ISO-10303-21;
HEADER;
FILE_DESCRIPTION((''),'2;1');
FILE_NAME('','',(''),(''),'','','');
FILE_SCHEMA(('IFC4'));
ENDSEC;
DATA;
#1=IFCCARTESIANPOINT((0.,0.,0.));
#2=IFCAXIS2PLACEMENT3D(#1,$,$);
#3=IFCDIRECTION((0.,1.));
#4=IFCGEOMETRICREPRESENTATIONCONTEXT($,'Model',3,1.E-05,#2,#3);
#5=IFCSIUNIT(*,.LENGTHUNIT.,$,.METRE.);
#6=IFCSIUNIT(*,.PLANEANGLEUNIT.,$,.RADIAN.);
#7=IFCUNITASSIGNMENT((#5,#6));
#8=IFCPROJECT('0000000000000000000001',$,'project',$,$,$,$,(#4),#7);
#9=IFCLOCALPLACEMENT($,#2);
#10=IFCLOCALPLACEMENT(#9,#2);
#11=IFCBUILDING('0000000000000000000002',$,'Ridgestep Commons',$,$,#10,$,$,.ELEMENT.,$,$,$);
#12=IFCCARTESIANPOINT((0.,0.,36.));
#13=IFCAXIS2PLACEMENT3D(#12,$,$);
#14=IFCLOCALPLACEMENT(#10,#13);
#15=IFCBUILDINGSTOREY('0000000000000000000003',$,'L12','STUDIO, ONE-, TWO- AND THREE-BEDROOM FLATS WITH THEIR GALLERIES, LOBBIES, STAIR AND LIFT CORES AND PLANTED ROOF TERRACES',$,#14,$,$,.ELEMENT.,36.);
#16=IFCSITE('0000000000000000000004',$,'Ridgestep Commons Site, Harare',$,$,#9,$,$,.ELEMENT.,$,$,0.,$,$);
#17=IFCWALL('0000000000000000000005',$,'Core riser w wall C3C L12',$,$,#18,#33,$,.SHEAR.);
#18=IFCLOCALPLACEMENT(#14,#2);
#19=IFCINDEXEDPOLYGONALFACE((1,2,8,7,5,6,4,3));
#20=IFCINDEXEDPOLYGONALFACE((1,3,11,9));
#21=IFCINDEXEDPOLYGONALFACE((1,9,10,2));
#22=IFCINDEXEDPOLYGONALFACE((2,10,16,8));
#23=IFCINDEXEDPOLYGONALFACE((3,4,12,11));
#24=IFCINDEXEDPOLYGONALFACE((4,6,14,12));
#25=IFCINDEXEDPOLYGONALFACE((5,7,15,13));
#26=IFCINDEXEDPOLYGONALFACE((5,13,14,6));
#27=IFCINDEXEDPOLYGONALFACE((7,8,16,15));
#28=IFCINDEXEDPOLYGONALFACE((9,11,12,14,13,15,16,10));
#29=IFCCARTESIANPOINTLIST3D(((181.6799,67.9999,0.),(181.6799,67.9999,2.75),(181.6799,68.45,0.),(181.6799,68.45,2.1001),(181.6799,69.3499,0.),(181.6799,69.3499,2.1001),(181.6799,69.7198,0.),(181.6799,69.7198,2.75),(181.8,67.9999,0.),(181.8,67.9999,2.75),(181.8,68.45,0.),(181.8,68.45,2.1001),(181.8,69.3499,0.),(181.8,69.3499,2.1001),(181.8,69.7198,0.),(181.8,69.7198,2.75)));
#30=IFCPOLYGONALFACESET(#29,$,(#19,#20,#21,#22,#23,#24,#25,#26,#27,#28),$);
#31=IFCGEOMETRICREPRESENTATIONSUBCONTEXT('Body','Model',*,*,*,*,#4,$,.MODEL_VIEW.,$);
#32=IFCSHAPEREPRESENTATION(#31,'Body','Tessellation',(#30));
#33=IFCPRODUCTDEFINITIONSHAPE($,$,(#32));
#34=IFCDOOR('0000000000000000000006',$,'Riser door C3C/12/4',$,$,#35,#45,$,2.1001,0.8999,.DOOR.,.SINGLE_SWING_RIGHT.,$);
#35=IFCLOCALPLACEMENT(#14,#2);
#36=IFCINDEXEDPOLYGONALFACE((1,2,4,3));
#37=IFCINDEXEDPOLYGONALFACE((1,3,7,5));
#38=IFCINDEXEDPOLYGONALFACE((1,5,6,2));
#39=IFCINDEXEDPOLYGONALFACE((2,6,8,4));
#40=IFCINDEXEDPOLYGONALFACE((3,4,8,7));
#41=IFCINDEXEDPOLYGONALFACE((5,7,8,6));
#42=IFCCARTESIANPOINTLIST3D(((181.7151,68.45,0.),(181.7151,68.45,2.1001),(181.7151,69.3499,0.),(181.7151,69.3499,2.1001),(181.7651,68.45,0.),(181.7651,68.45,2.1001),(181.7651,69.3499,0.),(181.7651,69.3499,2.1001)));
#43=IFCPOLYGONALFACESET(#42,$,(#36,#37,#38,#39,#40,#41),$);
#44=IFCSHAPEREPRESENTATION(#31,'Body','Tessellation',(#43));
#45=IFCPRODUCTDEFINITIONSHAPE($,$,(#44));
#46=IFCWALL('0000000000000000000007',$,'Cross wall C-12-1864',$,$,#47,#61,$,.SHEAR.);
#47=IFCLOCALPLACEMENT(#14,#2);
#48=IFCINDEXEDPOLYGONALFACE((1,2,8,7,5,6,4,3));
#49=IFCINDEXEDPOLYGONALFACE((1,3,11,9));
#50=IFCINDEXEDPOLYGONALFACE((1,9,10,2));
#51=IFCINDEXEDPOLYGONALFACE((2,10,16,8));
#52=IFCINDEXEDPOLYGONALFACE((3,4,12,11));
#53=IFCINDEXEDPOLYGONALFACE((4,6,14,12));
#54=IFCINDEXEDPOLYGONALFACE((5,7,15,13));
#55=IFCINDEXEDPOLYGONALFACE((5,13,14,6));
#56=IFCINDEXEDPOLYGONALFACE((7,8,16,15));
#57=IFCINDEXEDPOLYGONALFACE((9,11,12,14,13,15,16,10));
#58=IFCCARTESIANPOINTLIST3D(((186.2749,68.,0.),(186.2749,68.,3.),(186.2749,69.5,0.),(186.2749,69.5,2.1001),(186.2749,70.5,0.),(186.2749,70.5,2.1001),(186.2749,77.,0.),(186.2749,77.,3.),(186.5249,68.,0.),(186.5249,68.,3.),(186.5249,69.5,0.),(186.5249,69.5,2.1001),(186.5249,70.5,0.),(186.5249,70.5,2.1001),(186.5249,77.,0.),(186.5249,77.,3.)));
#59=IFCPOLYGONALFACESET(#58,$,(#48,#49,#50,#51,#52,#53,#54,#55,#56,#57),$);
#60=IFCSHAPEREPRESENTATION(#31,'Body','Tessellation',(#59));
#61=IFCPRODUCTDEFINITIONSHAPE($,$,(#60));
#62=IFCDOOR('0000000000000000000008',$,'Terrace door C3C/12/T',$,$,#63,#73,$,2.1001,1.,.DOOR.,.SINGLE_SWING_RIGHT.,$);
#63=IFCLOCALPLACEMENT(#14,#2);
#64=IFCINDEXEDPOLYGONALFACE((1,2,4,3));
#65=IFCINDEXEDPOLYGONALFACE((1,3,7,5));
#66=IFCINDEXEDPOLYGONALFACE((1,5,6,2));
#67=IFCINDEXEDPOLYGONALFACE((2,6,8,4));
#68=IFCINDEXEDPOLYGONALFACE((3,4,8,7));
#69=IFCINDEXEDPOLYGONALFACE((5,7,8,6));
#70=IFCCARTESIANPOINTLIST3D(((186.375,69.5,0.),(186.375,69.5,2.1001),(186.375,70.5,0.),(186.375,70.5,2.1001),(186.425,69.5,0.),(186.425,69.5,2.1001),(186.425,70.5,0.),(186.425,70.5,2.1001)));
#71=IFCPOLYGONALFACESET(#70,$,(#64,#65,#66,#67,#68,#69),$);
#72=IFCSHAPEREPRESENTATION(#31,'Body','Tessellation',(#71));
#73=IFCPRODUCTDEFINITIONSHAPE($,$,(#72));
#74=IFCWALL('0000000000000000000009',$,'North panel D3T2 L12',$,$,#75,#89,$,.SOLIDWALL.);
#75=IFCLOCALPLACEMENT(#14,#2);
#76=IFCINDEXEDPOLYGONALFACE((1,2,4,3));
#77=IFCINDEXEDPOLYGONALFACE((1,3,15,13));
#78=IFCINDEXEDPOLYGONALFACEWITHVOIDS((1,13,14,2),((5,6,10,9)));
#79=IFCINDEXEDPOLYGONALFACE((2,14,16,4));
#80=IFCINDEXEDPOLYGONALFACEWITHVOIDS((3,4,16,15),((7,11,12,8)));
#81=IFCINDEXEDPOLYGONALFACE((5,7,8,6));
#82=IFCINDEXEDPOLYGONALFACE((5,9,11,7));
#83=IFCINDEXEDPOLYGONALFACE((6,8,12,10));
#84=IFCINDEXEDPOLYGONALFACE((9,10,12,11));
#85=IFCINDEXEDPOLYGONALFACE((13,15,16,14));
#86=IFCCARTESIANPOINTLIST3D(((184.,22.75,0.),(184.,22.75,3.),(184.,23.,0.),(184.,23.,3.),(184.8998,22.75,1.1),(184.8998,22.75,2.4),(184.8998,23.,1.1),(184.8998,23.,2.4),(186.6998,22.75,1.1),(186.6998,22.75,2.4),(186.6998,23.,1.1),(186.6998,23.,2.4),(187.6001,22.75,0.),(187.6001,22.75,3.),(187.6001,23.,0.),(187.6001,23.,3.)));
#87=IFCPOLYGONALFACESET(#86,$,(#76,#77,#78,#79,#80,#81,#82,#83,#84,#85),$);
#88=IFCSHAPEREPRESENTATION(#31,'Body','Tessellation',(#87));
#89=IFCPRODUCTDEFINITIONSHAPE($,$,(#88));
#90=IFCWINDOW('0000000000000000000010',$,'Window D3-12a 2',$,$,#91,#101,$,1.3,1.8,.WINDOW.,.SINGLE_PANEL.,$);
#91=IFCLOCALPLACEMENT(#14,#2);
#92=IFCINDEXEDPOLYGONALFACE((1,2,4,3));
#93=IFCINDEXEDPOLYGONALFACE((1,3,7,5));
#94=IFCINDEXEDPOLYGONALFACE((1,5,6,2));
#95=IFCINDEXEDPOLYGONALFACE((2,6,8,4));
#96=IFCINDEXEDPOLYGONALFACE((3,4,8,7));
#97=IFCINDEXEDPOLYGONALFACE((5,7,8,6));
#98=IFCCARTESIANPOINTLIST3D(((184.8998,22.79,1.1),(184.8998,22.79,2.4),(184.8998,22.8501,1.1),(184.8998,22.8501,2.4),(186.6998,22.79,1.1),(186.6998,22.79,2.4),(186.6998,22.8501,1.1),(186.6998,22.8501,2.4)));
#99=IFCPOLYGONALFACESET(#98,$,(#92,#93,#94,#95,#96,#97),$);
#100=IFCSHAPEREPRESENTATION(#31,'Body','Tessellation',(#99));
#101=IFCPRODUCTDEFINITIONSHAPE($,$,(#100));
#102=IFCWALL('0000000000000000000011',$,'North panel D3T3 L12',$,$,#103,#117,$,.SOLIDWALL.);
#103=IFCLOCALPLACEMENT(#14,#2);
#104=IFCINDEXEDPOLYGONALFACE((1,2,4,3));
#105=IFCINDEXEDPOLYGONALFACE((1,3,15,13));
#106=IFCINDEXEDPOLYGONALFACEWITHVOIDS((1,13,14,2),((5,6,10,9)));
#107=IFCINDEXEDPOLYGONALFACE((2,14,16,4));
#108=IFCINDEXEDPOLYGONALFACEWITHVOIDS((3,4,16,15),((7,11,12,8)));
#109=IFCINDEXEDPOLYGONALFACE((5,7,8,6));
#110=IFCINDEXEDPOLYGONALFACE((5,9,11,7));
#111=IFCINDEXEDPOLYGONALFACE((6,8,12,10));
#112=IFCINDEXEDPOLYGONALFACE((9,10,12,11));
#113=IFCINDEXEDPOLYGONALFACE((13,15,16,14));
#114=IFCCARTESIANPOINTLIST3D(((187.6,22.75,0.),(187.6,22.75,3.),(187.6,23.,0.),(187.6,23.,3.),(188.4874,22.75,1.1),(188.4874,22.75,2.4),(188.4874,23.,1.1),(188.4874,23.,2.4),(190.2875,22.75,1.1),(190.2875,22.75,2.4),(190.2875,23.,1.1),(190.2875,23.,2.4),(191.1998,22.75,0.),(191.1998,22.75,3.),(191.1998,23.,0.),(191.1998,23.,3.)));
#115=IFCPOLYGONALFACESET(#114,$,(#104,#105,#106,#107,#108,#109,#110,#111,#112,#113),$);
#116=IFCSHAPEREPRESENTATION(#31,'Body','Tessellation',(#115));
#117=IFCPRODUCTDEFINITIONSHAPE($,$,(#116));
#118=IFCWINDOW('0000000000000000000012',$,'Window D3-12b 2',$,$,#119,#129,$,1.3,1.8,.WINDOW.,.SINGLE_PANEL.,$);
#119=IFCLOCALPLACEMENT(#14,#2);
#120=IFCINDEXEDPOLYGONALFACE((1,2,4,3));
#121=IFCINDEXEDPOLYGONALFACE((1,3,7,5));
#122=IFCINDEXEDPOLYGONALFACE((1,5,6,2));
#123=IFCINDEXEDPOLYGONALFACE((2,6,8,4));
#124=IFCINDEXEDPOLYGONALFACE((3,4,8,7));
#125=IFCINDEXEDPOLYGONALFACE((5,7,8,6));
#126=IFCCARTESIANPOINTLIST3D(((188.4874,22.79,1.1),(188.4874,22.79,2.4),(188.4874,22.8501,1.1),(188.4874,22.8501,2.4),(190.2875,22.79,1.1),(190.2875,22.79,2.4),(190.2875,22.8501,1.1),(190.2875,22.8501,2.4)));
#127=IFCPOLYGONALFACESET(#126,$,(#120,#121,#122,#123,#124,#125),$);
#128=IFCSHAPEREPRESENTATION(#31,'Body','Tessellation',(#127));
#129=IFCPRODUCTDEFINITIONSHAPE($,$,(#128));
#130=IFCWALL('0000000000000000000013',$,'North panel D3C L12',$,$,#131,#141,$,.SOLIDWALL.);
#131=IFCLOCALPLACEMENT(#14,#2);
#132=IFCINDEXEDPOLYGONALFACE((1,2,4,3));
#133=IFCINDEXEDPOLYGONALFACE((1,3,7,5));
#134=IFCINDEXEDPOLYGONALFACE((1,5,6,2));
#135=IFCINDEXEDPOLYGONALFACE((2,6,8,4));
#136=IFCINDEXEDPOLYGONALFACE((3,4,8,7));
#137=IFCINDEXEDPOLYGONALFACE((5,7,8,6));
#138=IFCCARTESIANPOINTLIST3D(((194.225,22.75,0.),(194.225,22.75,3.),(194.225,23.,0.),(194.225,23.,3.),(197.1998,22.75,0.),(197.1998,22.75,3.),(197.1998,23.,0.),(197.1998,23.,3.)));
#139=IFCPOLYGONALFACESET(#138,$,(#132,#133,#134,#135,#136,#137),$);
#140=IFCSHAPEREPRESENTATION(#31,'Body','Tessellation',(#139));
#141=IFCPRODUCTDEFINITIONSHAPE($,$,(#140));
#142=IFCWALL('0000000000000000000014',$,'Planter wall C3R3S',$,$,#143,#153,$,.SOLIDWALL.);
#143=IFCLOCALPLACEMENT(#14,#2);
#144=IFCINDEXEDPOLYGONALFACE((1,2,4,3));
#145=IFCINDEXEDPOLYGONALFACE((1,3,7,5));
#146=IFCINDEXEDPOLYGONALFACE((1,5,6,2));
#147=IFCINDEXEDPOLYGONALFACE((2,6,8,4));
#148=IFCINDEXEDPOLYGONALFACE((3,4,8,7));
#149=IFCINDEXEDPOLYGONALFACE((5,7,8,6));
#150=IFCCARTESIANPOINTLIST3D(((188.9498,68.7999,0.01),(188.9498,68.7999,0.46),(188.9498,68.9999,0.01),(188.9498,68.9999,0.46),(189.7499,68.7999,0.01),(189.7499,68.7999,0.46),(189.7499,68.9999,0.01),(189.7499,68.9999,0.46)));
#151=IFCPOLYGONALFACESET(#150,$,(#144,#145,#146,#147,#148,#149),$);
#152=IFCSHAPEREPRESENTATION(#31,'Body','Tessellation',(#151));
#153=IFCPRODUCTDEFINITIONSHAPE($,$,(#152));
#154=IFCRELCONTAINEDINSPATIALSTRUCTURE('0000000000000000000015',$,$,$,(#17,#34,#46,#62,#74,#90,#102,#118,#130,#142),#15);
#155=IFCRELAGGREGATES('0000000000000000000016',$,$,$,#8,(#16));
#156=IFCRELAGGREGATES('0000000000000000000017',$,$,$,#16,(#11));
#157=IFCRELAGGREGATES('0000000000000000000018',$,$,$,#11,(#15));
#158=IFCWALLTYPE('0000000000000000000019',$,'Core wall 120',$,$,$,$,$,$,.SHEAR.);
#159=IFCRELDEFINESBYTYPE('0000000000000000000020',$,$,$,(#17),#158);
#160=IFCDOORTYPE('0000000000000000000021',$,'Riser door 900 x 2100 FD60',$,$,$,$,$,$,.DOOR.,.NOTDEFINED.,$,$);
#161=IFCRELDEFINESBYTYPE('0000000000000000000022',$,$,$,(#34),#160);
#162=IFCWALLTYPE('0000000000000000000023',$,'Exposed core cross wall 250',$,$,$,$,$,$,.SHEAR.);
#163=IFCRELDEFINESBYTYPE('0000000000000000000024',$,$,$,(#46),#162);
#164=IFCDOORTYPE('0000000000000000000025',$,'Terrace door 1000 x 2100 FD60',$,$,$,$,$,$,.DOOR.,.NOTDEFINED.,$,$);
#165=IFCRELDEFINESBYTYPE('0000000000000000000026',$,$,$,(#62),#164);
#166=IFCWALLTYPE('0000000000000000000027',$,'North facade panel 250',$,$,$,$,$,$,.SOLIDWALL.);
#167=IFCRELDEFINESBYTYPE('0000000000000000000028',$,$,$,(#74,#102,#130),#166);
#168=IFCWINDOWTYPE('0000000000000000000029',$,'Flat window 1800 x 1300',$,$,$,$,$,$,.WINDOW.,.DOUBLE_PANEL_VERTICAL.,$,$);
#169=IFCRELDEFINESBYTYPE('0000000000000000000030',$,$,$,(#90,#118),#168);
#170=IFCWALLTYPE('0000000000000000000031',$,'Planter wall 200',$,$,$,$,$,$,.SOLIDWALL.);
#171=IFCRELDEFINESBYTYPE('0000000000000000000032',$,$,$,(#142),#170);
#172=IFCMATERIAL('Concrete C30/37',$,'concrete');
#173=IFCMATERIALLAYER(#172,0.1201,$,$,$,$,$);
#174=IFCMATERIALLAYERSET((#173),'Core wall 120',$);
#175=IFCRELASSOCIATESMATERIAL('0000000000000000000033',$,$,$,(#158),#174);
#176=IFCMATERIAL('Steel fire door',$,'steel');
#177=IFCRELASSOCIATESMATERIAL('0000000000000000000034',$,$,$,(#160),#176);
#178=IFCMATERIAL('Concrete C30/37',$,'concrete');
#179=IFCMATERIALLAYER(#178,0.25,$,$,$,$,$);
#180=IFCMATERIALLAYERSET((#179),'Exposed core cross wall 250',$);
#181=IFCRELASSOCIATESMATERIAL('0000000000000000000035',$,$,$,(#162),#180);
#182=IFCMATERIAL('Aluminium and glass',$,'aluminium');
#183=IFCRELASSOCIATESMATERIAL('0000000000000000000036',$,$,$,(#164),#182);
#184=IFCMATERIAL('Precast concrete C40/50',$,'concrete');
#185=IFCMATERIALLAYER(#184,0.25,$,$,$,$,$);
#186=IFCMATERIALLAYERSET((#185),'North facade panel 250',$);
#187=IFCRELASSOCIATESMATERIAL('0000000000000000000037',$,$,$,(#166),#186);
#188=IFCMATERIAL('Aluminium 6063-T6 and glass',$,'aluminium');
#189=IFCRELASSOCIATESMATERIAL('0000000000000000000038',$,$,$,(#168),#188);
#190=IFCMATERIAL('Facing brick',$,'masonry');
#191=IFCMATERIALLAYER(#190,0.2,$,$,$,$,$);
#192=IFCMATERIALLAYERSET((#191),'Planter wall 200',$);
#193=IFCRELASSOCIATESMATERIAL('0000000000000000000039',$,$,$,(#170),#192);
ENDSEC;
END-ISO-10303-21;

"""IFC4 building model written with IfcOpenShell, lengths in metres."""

from ifc_helpers import new_model, si_unit, direction, frame, frame_2d, origin, place, context, subcontext, project, spatial, rectangle, extrude, material, layer, layer_set, type_object, element, fill, save


model = new_model("IFC4")

# Units and contexts
model_context = context("Model", 3, precision=1e-05, world=origin(), true_north=direction((0.0, 1.0)))
body_context = subcontext(model_context, "Body", "Model", "MODEL_VIEW")
ifc_project = project(units=[si_unit("LENGTHUNIT", "METRE"), si_unit("PLANEANGLEUNIT", "RADIAN")], contexts=[model_context])

# Site, building, storey
site_placement = place(None, origin())
site = spatial("IfcSite", under=ifc_project, at=site_placement, Name="Ridgestep Commons Site, Harare", CompositionType="ELEMENT", RefElevation=0.0)
building_placement = place(site_placement, origin())
building = spatial("IfcBuilding", under=site, at=building_placement, Name="Ridgestep Commons", CompositionType="ELEMENT")
storey_placement = place(building_placement, frame((0.0, 0.0, 36.0)))
storey = spatial("IfcBuildingStorey", under=building, at=storey_placement, Name="L12", Description="STUDIO, ONE-, TWO- AND THREE-BEDROOM FLATS WITH THEIR GALLERIES, LOBBIES, STAIR AND LIFT CORES AND PLANTED ROOF TERRACES", CompositionType="ELEMENT", Elevation=36.0)

# Walls, openings, doors
ifc_material_1 = material(Name="Concrete C30/37", Category="concrete")
ifc_layer_1 = layer(ifc_material_1, 0.1201)
ifc_layer_set_1 = layer_set([ifc_layer_1], Name="Core wall 120")
wall_type_1 = type_object("IfcWallType", Name="Core wall 120", PredefinedType="SHEAR", material=ifc_layer_set_1)
wall_1_placement = place(storey_placement, frame((181.74, 68.0, 0.0), z_axis=(0.0, 0.0, 1.0), x_axis=(0.0, 1.0, 0.0)))
wall_1 = element("IfcWall", 1, at=wall_1_placement, inside=storey, type_object=wall_type_1, Name="Core riser w wall C3C L12", PredefinedType="SHEAR", context=body_context, shape_type="SweptSolid", body=[
    extrude(rectangle(XDim=1.72, YDim=0.1201, at=frame_2d((0.8599, 0.0))), origin(), (0.0, 0.0, 1.0), 2.75),
])
opening_1_placement = place(wall_1_placement, frame((0.45, 0.0, 0.0)))
opening_1 = element("IfcOpeningElement", 2, at=opening_1_placement, cuts=wall_1, PredefinedType="OPENING", context=body_context, shape_type="SweptSolid", body=[
    extrude(rectangle(XDim=0.8999, YDim=2.1001, at=frame_2d((0.45, 1.05))), frame((0.0, 0.0701, 0.0), z_axis=(0.0, -1.0, 0.0), x_axis=(1.0, 0.0, 0.0)), (0.0, 0.0, 1.0), 0.1401),
])
ifc_material_2 = material(Name="Steel fire door", Category="steel")
door_type_1 = type_object("IfcDoorType", Name="Riser door 900 x 2100 FD60", OperationType="NOTDEFINED", PredefinedType="DOOR", material=ifc_material_2)
door_1_placement = place(opening_1_placement, origin())
door_1 = element("IfcDoor", 3, at=door_1_placement, inside=storey, type_object=door_type_1, Name="Riser door C3C/12/4", OperationType="SINGLE_SWING_RIGHT", OverallHeight=2.1001, OverallWidth=0.8999, PredefinedType="DOOR", context=body_context, shape_type="SweptSolid", body=[
    extrude(rectangle(XDim=0.8999, YDim=2.1001, at=frame_2d((0.45, 1.05))), frame((0.0, 0.0249, 0.0), z_axis=(0.0, -1.0, 0.0), x_axis=(1.0, 0.0, 0.0)), (0.0, 0.0, 1.0), 0.05),
])
fill(opening_1, door_1)
ifc_material_3 = material(Name="Concrete C30/37", Category="concrete")
ifc_layer_2 = layer(ifc_material_3, 0.25)
ifc_layer_set_2 = layer_set([ifc_layer_2], Name="Exposed core cross wall 250")
wall_type_2 = type_object("IfcWallType", Name="Exposed core cross wall 250", PredefinedType="SHEAR", material=ifc_layer_set_2)
wall_2_placement = place(storey_placement, frame((186.3999, 68.0, 0.0), z_axis=(0.0, 0.0, 1.0), x_axis=(0.0, 1.0, 0.0)))
wall_2 = element("IfcWall", 4, at=wall_2_placement, inside=storey, type_object=wall_type_2, Name="Cross wall C-12-1864", PredefinedType="SHEAR", context=body_context, shape_type="SweptSolid", body=[
    extrude(rectangle(XDim=9.0, YDim=0.25, at=frame_2d((4.5, 0.0))), origin(), (0.0, 0.0, 1.0), 3.0),
])
opening_2_placement = place(wall_2_placement, frame((1.5, 0.0, 0.0)))
opening_2 = element("IfcOpeningElement", 5, at=opening_2_placement, cuts=wall_2, PredefinedType="OPENING", context=body_context, shape_type="SweptSolid", body=[
    extrude(rectangle(XDim=1.0, YDim=2.1001, at=frame_2d((0.5, 1.05))), frame((0.0, 0.135, 0.0), z_axis=(0.0, -1.0, 0.0), x_axis=(1.0, 0.0, 0.0)), (0.0, 0.0, 1.0), 0.27),
])
ifc_material_4 = material(Name="Aluminium and glass", Category="aluminium")
door_type_2 = type_object("IfcDoorType", Name="Terrace door 1000 x 2100 FD60", OperationType="NOTDEFINED", PredefinedType="DOOR", material=ifc_material_4)
door_2_placement = place(opening_2_placement, origin())
door_2 = element("IfcDoor", 6, at=door_2_placement, inside=storey, type_object=door_type_2, Name="Terrace door C3C/12/T", OperationType="SINGLE_SWING_RIGHT", OverallHeight=2.1001, OverallWidth=1.0, PredefinedType="DOOR", context=body_context, shape_type="SweptSolid", body=[
    extrude(rectangle(XDim=1.0, YDim=2.1001, at=frame_2d((0.5, 1.05))), frame((0.0, 0.0249, 0.0), z_axis=(0.0, -1.0, 0.0), x_axis=(1.0, 0.0, 0.0)), (0.0, 0.0, 1.0), 0.05),
])
fill(opening_2, door_2)

# Walls, openings, windows
ifc_material_5 = material(Name="Precast concrete C40/50", Category="concrete")
ifc_layer_3 = layer(ifc_material_5, 0.25)
ifc_layer_set_3 = layer_set([ifc_layer_3], Name="North facade panel 250")
wall_type_3 = type_object("IfcWallType", Name="North facade panel 250", PredefinedType="SOLIDWALL", material=ifc_layer_set_3)
wall_3_placement = place(storey_placement, frame((184.0, 22.875, 0.0), z_axis=(0.0, 0.0, 1.0), x_axis=(1.0, 0.0, 0.0)))
wall_3 = element("IfcWall", 7, at=wall_3_placement, inside=storey, type_object=wall_type_3, Name="North panel D3T2 L12", PredefinedType="SOLIDWALL", context=body_context, shape_type="SweptSolid", body=[
    extrude(rectangle(XDim=3.6001, YDim=0.25, at=frame_2d((1.8, 0.0))), origin(), (0.0, 0.0, 1.0), 3.0),
])
opening_3_placement = place(wall_3_placement, frame((0.8999, 0.0, 1.1001)))
opening_3 = element("IfcOpeningElement", 8, at=opening_3_placement, cuts=wall_3, PredefinedType="OPENING", context=body_context, shape_type="SweptSolid", body=[
    extrude(rectangle(XDim=1.8, YDim=1.3, at=frame_2d((0.8999, 0.6499))), frame((0.0, 0.135, 0.0), z_axis=(0.0, -1.0, 0.0), x_axis=(1.0, 0.0, 0.0)), (0.0, 0.0, 1.0), 0.27),
])
ifc_material_6 = material(Name="Aluminium 6063-T6 and glass", Category="aluminium")
window_type = type_object("IfcWindowType", Name="Flat window 1800 x 1300", PartitioningType="DOUBLE_PANEL_VERTICAL", PredefinedType="WINDOW", material=ifc_material_6)
window_1_placement = place(opening_3_placement, origin())
window_1 = element("IfcWindow", 9, at=window_1_placement, inside=storey, type_object=window_type, Name="Window D3-12a 2", OverallHeight=1.3, OverallWidth=1.8, PartitioningType="SINGLE_PANEL", PredefinedType="WINDOW", context=body_context, shape_type="SweptSolid", body=[
    extrude(rectangle(XDim=1.8, YDim=1.3, at=frame_2d((0.8999, 0.6499))), frame((0.0, -0.0249, 0.0), z_axis=(0.0, -1.0, 0.0), x_axis=(1.0, 0.0, 0.0)), (0.0, 0.0, 1.0), 0.0601),
])
fill(opening_3, window_1)
wall_4_placement = place(storey_placement, frame((187.6001, 22.875, 0.0), z_axis=(0.0, 0.0, 1.0), x_axis=(1.0, 0.0, 0.0)))
wall_4 = element("IfcWall", 10, at=wall_4_placement, inside=storey, type_object=wall_type_3, Name="North panel D3T3 L12", PredefinedType="SOLIDWALL", context=body_context, shape_type="SweptSolid", body=[
    extrude(rectangle(XDim=3.5999, YDim=0.25, at=frame_2d((1.7998, 0.0))), origin(), (0.0, 0.0, 1.0), 3.0),
])
opening_4_placement = place(wall_4_placement, frame((0.8875, 0.0, 1.1001)))
opening_4 = element("IfcOpeningElement", 11, at=opening_4_placement, cuts=wall_4, PredefinedType="OPENING", context=body_context, shape_type="SweptSolid", body=[
    extrude(rectangle(XDim=1.8, YDim=1.3, at=frame_2d((0.8999, 0.6499))), frame((0.0, 0.135, 0.0), z_axis=(0.0, -1.0, 0.0), x_axis=(1.0, 0.0, 0.0)), (0.0, 0.0, 1.0), 0.27),
])
window_2_placement = place(opening_4_placement, origin())
window_2 = element("IfcWindow", 12, at=window_2_placement, inside=storey, type_object=window_type, Name="Window D3-12b 2", OverallHeight=1.3, OverallWidth=1.8, PartitioningType="SINGLE_PANEL", PredefinedType="WINDOW", context=body_context, shape_type="SweptSolid", body=[
    extrude(rectangle(XDim=1.8, YDim=1.3, at=frame_2d((0.8999, 0.6499))), frame((0.0, -0.0249, 0.0), z_axis=(0.0, -1.0, 0.0), x_axis=(1.0, 0.0, 0.0)), (0.0, 0.0, 1.0), 0.0601),
])
fill(opening_4, window_2)

# Walls
wall_5_placement = place(storey_placement, frame((194.2251, 22.875, 0.0), z_axis=(0.0, 0.0, 1.0), x_axis=(1.0, 0.0, 0.0)))
element("IfcWall", 13, at=wall_5_placement, inside=storey, type_object=wall_type_3, Name="North panel D3C L12", PredefinedType="SOLIDWALL", context=body_context, shape_type="SweptSolid", body=[
    extrude(rectangle(XDim=2.9749, YDim=0.25, at=frame_2d((1.4873, 0.0))), origin(), (0.0, 0.0, 1.0), 3.0),
])
ifc_material_7 = material(Name="Facing brick", Category="masonry")
ifc_layer_4 = layer(ifc_material_7, 0.2)
ifc_layer_set_4 = layer_set([ifc_layer_4], Name="Planter wall 200")
wall_type_4 = type_object("IfcWallType", Name="Planter wall 200", PredefinedType="SOLIDWALL", material=ifc_layer_set_4)
wall_6_placement = place(storey_placement, frame((188.95, 68.8999, 0.01), z_axis=(0.0, 0.0, 1.0), x_axis=(1.0, 0.0, 0.0)))
element("IfcWall", 14, at=wall_6_placement, inside=storey, type_object=wall_type_4, Name="Planter wall C3R3S", PredefinedType="SOLIDWALL", context=body_context, shape_type="SweptSolid", body=[
    extrude(rectangle(XDim=0.8, YDim=0.2, at=frame_2d((0.3999, 0.0))), origin(), (0.0, 0.0, 1.0), 0.45),
])

save(model, "model.ifc")
